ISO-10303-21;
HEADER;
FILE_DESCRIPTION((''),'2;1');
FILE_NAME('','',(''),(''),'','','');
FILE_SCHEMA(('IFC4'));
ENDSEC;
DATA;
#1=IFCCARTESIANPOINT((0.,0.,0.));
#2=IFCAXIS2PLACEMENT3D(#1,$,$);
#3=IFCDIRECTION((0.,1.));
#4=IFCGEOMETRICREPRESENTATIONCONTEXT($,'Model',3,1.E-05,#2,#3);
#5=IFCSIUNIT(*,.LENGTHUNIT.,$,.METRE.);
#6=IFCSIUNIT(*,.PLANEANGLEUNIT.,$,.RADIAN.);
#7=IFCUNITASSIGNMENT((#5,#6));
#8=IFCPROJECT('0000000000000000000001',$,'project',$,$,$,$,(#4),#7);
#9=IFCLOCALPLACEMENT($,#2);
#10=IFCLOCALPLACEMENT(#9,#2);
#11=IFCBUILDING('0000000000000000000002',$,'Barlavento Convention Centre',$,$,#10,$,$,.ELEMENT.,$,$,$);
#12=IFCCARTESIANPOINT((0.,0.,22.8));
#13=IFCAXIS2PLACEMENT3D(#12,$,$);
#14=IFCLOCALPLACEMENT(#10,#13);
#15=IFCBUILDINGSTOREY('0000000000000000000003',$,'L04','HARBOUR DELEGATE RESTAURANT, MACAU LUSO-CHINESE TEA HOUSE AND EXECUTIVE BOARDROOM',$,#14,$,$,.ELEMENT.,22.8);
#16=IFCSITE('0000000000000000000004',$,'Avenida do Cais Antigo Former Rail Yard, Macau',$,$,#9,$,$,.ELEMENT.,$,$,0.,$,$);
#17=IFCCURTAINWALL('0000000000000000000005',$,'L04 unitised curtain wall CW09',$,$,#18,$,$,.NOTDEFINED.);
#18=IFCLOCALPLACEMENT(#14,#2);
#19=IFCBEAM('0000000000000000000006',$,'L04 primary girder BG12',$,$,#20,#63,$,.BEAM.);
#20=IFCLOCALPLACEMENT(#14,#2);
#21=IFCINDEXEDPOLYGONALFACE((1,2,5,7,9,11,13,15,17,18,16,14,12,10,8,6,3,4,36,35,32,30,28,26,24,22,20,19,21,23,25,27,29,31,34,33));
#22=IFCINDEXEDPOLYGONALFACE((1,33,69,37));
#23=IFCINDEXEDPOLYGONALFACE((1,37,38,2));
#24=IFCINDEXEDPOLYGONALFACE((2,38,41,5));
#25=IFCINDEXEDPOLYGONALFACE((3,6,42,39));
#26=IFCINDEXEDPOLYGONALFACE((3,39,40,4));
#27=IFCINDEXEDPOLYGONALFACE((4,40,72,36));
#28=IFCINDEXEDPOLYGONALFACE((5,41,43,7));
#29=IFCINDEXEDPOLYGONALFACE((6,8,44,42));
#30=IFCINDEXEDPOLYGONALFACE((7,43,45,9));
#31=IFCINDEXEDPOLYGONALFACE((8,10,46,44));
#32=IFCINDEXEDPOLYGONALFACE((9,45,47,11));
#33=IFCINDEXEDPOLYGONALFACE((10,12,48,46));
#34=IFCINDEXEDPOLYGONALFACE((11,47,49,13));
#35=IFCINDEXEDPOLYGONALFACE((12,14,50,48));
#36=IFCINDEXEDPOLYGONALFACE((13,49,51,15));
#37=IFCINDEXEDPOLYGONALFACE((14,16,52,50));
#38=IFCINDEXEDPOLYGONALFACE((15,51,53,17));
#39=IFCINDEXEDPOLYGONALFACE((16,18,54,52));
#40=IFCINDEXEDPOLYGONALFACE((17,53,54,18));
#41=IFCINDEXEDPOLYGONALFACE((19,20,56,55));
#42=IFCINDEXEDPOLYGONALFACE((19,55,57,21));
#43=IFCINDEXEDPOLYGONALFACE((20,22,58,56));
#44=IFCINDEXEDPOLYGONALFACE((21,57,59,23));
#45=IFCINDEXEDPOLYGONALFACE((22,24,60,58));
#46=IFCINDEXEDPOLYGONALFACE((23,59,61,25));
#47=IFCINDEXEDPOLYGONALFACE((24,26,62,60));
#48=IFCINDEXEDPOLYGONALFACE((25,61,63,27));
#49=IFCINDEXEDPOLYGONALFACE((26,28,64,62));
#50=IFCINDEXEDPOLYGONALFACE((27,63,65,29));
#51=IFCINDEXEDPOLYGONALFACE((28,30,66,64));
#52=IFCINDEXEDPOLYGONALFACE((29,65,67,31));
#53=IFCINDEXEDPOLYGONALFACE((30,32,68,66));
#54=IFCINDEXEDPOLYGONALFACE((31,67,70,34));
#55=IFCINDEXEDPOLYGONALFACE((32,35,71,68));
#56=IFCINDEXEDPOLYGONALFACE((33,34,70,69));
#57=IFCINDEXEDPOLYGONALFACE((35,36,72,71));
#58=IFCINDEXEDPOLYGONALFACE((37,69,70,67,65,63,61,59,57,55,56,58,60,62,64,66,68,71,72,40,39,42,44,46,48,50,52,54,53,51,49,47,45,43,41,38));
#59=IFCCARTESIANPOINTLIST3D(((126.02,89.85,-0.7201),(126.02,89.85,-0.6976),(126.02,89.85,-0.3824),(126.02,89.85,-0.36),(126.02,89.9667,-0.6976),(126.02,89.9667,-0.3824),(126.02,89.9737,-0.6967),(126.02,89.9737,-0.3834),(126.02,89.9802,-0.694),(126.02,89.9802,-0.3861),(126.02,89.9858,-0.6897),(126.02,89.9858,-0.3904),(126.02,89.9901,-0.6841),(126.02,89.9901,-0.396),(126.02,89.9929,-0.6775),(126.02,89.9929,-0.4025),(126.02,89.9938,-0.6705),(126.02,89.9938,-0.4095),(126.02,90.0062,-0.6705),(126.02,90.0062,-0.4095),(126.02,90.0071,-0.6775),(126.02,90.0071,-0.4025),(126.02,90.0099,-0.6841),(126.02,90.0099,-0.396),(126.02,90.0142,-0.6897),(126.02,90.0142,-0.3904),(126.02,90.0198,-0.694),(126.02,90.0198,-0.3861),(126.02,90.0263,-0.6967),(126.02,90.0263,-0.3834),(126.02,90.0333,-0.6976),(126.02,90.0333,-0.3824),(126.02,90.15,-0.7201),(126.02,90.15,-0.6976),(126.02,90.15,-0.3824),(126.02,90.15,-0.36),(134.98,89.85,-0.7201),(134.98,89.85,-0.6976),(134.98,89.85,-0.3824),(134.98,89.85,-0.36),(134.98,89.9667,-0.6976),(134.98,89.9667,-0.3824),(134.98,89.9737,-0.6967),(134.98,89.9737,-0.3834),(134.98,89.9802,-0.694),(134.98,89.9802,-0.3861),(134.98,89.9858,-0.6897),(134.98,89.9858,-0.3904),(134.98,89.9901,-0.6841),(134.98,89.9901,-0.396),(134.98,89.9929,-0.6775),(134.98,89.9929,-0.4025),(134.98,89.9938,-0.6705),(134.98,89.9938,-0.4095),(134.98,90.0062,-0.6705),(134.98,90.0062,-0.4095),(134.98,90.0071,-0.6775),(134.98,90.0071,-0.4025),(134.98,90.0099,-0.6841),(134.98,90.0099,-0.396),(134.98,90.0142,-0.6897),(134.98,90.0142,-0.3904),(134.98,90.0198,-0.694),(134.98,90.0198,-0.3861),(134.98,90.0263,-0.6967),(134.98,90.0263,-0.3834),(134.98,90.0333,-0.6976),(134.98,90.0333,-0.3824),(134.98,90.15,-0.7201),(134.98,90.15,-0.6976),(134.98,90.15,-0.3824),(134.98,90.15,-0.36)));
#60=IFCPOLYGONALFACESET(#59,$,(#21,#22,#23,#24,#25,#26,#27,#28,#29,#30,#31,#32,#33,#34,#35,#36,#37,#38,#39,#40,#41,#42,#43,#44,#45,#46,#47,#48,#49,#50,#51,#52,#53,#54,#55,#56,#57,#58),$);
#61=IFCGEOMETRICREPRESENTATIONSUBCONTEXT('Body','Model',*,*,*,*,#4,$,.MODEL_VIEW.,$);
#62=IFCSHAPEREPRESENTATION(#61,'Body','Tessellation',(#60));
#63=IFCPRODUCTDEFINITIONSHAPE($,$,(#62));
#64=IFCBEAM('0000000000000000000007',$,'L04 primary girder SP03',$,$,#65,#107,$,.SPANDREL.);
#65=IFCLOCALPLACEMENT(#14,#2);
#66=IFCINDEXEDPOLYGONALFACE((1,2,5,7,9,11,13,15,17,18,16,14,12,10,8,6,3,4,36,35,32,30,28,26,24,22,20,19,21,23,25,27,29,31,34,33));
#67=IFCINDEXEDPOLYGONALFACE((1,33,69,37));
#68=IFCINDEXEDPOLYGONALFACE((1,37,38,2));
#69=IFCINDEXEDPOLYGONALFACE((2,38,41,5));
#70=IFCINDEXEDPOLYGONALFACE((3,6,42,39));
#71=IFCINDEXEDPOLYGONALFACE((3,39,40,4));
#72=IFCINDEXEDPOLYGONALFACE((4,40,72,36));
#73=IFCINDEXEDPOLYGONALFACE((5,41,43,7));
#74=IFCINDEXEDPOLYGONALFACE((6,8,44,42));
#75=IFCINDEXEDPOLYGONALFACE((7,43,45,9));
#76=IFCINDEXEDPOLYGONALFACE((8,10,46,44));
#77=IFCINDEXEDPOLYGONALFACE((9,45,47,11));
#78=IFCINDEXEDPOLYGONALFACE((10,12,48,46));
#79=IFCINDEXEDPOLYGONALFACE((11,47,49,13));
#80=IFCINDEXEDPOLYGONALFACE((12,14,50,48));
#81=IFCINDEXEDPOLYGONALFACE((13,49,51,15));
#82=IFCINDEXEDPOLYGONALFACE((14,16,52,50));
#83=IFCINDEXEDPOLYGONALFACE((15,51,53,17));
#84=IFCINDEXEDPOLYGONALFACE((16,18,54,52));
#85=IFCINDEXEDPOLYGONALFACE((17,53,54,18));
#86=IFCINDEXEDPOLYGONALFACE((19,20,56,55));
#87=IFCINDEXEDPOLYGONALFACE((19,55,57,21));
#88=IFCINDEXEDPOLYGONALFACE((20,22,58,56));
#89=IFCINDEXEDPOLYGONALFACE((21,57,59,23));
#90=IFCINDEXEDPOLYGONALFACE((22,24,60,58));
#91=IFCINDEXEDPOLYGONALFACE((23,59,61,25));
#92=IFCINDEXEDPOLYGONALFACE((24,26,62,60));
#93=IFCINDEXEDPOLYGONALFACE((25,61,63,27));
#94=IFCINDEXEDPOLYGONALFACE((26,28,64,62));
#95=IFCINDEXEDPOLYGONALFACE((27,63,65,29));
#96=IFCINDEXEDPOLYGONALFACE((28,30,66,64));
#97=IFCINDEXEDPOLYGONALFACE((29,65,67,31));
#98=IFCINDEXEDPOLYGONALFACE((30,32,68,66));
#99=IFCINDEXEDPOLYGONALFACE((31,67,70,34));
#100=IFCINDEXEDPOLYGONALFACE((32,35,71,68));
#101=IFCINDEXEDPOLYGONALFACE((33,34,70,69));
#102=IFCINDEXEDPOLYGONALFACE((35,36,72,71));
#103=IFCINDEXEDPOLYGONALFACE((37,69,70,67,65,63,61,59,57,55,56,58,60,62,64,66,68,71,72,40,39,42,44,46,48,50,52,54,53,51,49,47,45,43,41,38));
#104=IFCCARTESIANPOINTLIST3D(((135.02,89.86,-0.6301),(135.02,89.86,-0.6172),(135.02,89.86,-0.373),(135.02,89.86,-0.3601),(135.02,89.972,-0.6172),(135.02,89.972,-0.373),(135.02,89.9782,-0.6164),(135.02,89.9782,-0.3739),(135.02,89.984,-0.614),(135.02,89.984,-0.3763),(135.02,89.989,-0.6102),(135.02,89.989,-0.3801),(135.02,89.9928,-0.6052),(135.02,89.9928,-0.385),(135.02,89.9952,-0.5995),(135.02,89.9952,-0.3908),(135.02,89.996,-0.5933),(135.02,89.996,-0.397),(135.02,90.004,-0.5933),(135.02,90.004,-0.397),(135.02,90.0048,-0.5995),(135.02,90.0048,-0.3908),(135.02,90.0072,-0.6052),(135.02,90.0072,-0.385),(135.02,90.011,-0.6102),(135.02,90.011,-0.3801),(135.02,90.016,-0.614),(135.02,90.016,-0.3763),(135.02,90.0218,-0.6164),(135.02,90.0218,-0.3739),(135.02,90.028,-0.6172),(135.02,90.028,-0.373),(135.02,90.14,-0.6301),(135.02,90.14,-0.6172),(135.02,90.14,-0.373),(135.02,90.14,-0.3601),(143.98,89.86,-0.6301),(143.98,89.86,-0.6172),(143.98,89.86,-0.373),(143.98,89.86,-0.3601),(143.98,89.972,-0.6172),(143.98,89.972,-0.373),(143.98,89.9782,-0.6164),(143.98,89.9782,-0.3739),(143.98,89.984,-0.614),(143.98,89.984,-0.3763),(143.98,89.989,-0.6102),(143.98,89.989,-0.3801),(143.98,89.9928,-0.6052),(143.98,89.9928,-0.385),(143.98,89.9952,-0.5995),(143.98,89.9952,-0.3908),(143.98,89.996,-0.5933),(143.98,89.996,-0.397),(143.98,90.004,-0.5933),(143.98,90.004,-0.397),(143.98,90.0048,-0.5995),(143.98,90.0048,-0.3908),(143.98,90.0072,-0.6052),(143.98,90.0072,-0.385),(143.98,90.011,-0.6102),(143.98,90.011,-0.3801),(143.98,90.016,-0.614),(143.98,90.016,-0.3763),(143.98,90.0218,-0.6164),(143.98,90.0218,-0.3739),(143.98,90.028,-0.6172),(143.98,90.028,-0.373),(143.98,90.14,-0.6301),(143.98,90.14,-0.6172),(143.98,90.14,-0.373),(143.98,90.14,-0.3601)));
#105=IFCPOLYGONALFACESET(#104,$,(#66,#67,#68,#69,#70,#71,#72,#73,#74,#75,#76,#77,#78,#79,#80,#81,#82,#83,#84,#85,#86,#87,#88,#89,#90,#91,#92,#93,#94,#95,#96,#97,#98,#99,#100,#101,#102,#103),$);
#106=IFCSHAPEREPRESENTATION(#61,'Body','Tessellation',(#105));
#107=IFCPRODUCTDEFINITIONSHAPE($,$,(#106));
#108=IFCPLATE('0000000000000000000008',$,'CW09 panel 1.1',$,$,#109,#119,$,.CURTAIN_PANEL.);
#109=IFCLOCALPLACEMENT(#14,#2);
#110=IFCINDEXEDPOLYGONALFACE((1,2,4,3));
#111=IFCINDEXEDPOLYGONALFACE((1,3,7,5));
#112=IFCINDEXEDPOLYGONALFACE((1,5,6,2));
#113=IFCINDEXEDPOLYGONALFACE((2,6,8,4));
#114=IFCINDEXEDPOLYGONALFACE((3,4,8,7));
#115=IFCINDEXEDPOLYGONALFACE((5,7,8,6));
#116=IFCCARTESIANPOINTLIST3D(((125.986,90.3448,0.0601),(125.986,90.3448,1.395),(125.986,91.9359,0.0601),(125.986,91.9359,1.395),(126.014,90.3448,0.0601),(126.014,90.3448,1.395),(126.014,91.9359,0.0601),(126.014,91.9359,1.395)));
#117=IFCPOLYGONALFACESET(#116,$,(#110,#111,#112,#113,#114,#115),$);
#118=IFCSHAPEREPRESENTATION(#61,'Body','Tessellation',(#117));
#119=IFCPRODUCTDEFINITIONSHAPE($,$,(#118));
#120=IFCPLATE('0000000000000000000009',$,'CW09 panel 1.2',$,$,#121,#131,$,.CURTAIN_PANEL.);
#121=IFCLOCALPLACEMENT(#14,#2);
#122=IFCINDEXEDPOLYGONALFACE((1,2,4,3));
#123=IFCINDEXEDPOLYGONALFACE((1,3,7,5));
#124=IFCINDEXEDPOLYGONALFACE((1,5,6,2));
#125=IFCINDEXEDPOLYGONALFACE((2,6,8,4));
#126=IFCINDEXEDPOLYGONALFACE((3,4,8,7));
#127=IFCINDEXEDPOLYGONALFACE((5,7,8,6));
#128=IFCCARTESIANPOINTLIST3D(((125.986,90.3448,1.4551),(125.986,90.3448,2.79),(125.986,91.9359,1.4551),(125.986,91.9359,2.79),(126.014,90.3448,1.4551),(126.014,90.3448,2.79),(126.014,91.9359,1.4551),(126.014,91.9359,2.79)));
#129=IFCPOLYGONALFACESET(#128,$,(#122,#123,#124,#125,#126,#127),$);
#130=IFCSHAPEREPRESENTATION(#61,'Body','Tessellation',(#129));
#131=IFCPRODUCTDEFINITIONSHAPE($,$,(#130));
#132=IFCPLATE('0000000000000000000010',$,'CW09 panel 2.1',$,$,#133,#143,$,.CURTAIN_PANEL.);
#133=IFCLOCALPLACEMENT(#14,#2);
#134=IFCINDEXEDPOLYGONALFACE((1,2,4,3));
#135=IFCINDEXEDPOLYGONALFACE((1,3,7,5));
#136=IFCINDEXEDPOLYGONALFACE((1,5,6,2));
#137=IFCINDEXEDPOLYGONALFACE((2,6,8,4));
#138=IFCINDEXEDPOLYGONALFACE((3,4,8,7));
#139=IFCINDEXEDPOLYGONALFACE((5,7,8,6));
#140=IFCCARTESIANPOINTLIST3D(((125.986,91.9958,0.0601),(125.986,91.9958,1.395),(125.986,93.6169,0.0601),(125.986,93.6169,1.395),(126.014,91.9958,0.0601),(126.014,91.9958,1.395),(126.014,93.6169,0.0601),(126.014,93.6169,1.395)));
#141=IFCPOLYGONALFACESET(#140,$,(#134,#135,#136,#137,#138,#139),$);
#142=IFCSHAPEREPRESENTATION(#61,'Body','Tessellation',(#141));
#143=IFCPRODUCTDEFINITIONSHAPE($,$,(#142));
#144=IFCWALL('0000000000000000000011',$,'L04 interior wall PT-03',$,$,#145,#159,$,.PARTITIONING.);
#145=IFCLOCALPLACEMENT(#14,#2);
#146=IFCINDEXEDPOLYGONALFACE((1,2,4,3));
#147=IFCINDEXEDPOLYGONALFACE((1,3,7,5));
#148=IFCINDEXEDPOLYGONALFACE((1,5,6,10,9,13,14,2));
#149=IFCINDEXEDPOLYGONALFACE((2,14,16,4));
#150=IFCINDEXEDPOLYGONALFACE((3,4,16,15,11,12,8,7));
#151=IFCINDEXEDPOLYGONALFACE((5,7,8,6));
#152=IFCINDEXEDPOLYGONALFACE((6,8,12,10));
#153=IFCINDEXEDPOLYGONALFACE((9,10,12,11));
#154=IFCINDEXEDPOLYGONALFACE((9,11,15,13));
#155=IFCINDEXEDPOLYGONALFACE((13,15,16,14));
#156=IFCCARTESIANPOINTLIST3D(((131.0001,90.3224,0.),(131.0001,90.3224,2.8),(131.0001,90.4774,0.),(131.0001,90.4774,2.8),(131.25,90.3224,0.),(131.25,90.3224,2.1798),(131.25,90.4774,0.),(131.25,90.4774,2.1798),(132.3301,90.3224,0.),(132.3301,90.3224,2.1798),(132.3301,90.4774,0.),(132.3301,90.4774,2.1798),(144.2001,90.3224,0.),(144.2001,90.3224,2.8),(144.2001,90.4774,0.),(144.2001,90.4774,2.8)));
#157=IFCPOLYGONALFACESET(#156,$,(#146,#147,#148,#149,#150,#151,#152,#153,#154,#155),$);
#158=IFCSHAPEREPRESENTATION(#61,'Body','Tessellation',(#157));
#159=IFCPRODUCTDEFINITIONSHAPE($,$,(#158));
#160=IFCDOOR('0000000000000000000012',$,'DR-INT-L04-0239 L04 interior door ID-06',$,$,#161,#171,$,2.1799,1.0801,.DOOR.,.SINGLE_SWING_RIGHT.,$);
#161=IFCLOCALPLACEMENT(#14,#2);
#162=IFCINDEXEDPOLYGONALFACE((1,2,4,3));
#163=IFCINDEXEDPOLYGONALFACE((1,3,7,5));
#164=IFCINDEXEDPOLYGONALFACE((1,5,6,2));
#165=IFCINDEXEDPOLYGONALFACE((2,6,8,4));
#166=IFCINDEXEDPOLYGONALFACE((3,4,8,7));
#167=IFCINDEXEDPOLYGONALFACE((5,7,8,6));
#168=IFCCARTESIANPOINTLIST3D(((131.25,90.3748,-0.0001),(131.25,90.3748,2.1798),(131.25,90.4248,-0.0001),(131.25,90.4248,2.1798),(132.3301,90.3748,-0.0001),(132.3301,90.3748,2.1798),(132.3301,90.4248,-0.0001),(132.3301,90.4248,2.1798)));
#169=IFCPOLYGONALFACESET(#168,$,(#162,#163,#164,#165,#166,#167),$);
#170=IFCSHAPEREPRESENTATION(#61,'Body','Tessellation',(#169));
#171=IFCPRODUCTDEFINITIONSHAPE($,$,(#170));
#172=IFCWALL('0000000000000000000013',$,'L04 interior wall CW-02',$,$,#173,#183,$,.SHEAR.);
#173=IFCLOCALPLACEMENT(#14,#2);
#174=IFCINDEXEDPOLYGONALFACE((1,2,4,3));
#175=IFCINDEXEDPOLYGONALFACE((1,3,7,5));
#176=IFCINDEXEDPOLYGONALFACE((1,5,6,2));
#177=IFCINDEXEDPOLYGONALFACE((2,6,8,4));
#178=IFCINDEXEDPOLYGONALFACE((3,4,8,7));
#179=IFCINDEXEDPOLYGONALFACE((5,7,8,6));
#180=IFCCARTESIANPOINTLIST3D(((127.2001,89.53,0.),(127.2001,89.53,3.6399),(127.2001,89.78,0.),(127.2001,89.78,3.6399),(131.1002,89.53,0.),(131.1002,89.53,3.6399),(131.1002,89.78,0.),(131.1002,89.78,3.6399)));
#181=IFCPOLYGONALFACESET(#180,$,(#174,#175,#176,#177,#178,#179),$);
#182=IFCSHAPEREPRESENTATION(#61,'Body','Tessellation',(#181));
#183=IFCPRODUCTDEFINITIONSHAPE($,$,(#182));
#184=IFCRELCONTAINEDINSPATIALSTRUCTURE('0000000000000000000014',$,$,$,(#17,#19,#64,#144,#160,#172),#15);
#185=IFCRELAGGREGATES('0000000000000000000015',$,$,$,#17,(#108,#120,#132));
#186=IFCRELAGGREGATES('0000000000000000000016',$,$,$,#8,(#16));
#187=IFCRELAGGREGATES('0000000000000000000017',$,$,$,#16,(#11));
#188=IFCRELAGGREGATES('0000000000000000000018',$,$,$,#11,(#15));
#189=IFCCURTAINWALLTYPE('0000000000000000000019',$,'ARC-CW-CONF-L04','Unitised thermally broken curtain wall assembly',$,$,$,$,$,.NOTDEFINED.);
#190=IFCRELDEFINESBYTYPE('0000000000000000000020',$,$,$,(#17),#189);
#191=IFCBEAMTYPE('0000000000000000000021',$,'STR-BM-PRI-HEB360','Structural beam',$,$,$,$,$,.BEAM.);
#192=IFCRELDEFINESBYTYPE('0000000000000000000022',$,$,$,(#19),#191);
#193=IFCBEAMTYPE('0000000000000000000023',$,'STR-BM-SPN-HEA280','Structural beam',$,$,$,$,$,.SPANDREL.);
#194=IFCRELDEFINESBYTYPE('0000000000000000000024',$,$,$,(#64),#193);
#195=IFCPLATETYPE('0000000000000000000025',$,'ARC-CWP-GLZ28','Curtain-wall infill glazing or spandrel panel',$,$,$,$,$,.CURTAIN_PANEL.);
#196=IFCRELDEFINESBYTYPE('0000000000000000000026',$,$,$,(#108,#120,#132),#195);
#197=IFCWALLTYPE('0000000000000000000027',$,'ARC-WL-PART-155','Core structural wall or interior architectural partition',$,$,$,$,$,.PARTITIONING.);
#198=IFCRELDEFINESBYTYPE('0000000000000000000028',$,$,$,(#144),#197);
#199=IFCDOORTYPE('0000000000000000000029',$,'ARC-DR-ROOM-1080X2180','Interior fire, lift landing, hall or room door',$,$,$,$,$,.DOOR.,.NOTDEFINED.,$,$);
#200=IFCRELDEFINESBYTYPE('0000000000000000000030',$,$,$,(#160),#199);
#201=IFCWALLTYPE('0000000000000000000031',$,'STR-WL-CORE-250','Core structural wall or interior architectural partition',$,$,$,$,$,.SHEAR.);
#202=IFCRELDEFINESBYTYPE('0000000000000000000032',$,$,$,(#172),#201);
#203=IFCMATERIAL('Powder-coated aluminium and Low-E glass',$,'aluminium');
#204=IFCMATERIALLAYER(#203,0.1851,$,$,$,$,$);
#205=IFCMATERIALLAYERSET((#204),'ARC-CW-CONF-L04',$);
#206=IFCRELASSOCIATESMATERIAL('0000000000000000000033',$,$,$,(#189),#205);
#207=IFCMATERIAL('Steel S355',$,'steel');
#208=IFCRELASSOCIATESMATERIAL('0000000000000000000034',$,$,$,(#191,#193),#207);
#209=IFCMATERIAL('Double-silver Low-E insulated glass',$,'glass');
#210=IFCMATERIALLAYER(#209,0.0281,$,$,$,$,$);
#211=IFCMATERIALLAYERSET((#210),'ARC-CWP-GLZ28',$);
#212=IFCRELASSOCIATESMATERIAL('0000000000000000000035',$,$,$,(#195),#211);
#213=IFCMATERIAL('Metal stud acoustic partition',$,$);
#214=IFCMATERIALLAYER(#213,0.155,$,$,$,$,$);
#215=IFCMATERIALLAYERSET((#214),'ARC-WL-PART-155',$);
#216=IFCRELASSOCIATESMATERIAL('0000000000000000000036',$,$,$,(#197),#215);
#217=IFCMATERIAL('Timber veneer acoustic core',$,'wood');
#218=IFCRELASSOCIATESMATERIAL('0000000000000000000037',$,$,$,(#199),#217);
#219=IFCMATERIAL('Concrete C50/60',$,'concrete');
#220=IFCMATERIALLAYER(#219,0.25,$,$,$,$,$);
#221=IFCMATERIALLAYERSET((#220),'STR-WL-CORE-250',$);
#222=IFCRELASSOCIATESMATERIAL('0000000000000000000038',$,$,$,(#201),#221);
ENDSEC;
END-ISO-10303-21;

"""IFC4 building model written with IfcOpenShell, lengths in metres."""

from ifc_helpers import new_model, si_unit, direction, frame, frame_2d, origin, origin_2d, place, context, subcontext, project, spatial, rectangle, i_section, extrude, material, layer, layer_set, material_profile, profile_set, type_object, element, fill, aggregate, save


model = new_model("IFC4")

# Units and contexts
model_context = context("Model", 3, precision=1e-05, world=origin(), true_north=direction((0.0, 1.0)))
body_context = subcontext(model_context, "Body", "Model", "MODEL_VIEW")
ifc_project = project(units=[si_unit("LENGTHUNIT", "METRE"), si_unit("PLANEANGLEUNIT", "RADIAN")], contexts=[model_context])

# Site, building, storey
site_placement = place(None, origin())
site = spatial("IfcSite", under=ifc_project, at=site_placement, Name="Avenida do Cais Antigo Former Rail Yard, Macau", CompositionType="ELEMENT", RefElevation=0.0)
building_placement = place(site_placement, origin())
building = spatial("IfcBuilding", under=site, at=building_placement, Name="Barlavento Convention Centre", CompositionType="ELEMENT")
storey_placement = place(building_placement, frame((0.0, 0.0, 22.8)))
storey = spatial("IfcBuildingStorey", under=building, at=storey_placement, Name="L04", Description="HARBOUR DELEGATE RESTAURANT, MACAU LUSO-CHINESE TEA HOUSE AND EXECUTIVE BOARDROOM", CompositionType="ELEMENT", Elevation=22.8)

# Shared definitions
ifc_material_1 = material(Name="Steel S355", Category="steel")

# Shared definitions
ifc_material_2 = material(Name="Powder-coated aluminium and Low-E glass", Category="aluminium")

# Curtain wall
ifc_layer_1 = layer(ifc_material_2, 0.1851)
ifc_layer_set_1 = layer_set([ifc_layer_1], Name="ARC-CW-CONF-L04")
curtain_wall_type_1 = type_object("IfcCurtainWallType", Name="ARC-CW-CONF-L04", Description="Unitised thermally broken curtain wall assembly", PredefinedType="NOTDEFINED", material=ifc_layer_set_1)
curtain_wall_1_placement = place(storey_placement, origin())
curtain_wall_1 = element("IfcCurtainWall", 1, at=curtain_wall_1_placement, inside=storey, type_object=curtain_wall_type_1, Name="L04 unitised curtain wall CW09", PredefinedType="NOTDEFINED")

# Beams
ifc_material_profile_1 = material_profile(ifc_material_1, i_section(OverallWidth=0.3, OverallDepth=0.3601, WebThickness=0.0125, FlangeThickness=0.0225, FilletRadius=0.0271, at=origin_2d()), Name="HEB 360")
ifc_profile_set_1 = profile_set([ifc_material_profile_1], Name="Steel S355")
beam_type_1 = type_object("IfcBeamType", Name="STR-BM-PRI-HEB360", Description="Structural beam", PredefinedType="BEAM", material=ifc_profile_set_1)
beam_1_placement = place(storey_placement, frame((126.02, 90.0, -0.54), z_axis=(1.0, 0.0, 0.0), x_axis=(0.0, 1.0, 0.0)))
element("IfcBeam", 2, at=beam_1_placement, inside=storey, type_object=beam_type_1, Name="L04 primary girder BG12", PredefinedType="BEAM", context=body_context, shape_type="SweptSolid", body=[
    extrude(i_section(OverallWidth=0.3, OverallDepth=0.3601, WebThickness=0.0125, FlangeThickness=0.0225, FilletRadius=0.0271, at=origin_2d()), origin(), (0.0, 0.0, 1.0), 8.96),
])
ifc_material_profile_2 = material_profile(ifc_material_1, i_section(OverallWidth=0.28, OverallDepth=0.27, WebThickness=0.0081, FlangeThickness=0.0129, FilletRadius=0.0239, at=origin_2d()), Name="HEA 280")
ifc_profile_set_2 = profile_set([ifc_material_profile_2], Name="Steel S355")
beam_type_2 = type_object("IfcBeamType", Name="STR-BM-SPN-HEA280", Description="Structural beam", PredefinedType="SPANDREL", material=ifc_profile_set_2)
beam_2_placement = place(storey_placement, frame((135.02, 90.0, -0.4951), z_axis=(1.0, 0.0, 0.0), x_axis=(0.0, 1.0, 0.0)))
element("IfcBeam", 3, at=beam_2_placement, inside=storey, type_object=beam_type_2, Name="L04 primary girder SP03", PredefinedType="SPANDREL", context=body_context, shape_type="SweptSolid", body=[
    extrude(i_section(OverallWidth=0.28, OverallDepth=0.27, WebThickness=0.0081, FlangeThickness=0.0129, FilletRadius=0.0239, at=origin_2d()), origin(), (0.0, 0.0, 1.0), 8.96),
])

# Plates
ifc_material_3 = material(Name="Double-silver Low-E insulated glass", Category="glass")
ifc_layer_2 = layer(ifc_material_3, 0.0281)
ifc_layer_set_2 = layer_set([ifc_layer_2], Name="ARC-CWP-GLZ28")
plate_type = type_object("IfcPlateType", Name="ARC-CWP-GLZ28", Description="Curtain-wall infill glazing or spandrel panel", PredefinedType="CURTAIN_PANEL", material=ifc_layer_set_2)
plate_1_placement = place(storey_placement, frame((126.0, 91.1404, 0.0601), z_axis=(0.0, 0.0, 1.0), x_axis=(0.0, 1.0, 0.0)))
plate_1 = element("IfcPlate", 4, at=plate_1_placement, type_object=plate_type, Name="CW09 panel 1.1", PredefinedType="CURTAIN_PANEL", context=body_context, shape_type="SweptSolid", body=[
    extrude(rectangle(XDim=1.5911, YDim=0.0281, at=origin_2d()), origin(), (0.0, 0.0, 1.0), 1.335),
])
plate_2_placement = place(storey_placement, frame((126.0, 91.1404, 1.4551), z_axis=(0.0, 0.0, 1.0), x_axis=(0.0, 1.0, 0.0)))
plate_2 = element("IfcPlate", 5, at=plate_2_placement, type_object=plate_type, Name="CW09 panel 1.2", PredefinedType="CURTAIN_PANEL", context=body_context, shape_type="SweptSolid", body=[
    extrude(rectangle(XDim=1.5911, YDim=0.0281, at=origin_2d()), origin(), (0.0, 0.0, 1.0), 1.335),
])
plate_3_placement = place(storey_placement, frame((126.0, 92.8064, 0.0601), z_axis=(0.0, 0.0, 1.0), x_axis=(0.0, 1.0, 0.0)))
plate_3 = element("IfcPlate", 6, at=plate_3_placement, type_object=plate_type, Name="CW09 panel 2.1", PredefinedType="CURTAIN_PANEL", context=body_context, shape_type="SweptSolid", body=[
    extrude(rectangle(XDim=1.6211, YDim=0.0281, at=origin_2d()), origin(), (0.0, 0.0, 1.0), 1.335),
])
aggregate(curtain_wall_1, [plate_1, plate_2, plate_3])

# Wall, opening, door
ifc_material_4 = material(Name="Metal stud acoustic partition")
ifc_layer_3 = layer(ifc_material_4, 0.155)
ifc_layer_set_3 = layer_set([ifc_layer_3], Name="ARC-WL-PART-155")
wall_type_1 = type_object("IfcWallType", Name="ARC-WL-PART-155", Description="Core structural wall or interior architectural partition", PredefinedType="PARTITIONING", material=ifc_layer_set_3)
wall_1_placement = place(storey_placement, frame((131.0, 90.3999, 0.0), z_axis=(0.0, 0.0, 1.0), x_axis=(1.0, 0.0, 0.0)))
wall_1 = element("IfcWall", 7, at=wall_1_placement, inside=storey, type_object=wall_type_1, Name="L04 interior wall PT-03", PredefinedType="PARTITIONING", context=body_context, shape_type="SweptSolid", body=[
    extrude(rectangle(XDim=13.2, YDim=0.155, at=frame_2d((6.6001, 0.0))), origin(), (0.0, 0.0, 1.0), 2.8),
])
opening_placement = place(wall_1_placement, frame((0.25, 0.0, 0.0)))
opening = element("IfcOpeningElement", 8, at=opening_placement, cuts=wall_1, PredefinedType="OPENING", context=body_context, shape_type="SweptSolid", body=[
    extrude(rectangle(XDim=1.0801, YDim=2.1799, at=frame_2d((0.54, 1.0898))), frame((0.0, 0.0874, 0.0), z_axis=(0.0, -1.0, 0.0), x_axis=(1.0, 0.0, 0.0)), (0.0, 0.0, 1.0), 0.175),
])
ifc_material_5 = material(Name="Timber veneer acoustic core", Category="wood")
door_type = type_object("IfcDoorType", Name="ARC-DR-ROOM-1080X2180", Description="Interior fire, lift landing, hall or room door", OperationType="NOTDEFINED", PredefinedType="DOOR", material=ifc_material_5)
door_placement = place(opening_placement, origin())
door = element("IfcDoor", 9, at=door_placement, inside=storey, type_object=door_type, Name="DR-INT-L04-0239 L04 interior door ID-06", OperationType="SINGLE_SWING_RIGHT", OverallHeight=2.1799, OverallWidth=1.0801, PredefinedType="DOOR", context=body_context, shape_type="SweptSolid", body=[
    extrude(rectangle(XDim=1.0801, YDim=2.1799, at=frame_2d((0.54, 1.0898))), frame((0.0, 0.0249, 0.0), z_axis=(0.0, -1.0, 0.0), x_axis=(1.0, 0.0, 0.0)), (0.0, 0.0, 1.0), 0.05),
])
fill(opening, door)

# Wall
ifc_material_6 = material(Name="Concrete C50/60", Category="concrete")
ifc_layer_4 = layer(ifc_material_6, 0.25)
ifc_layer_set_4 = layer_set([ifc_layer_4], Name="STR-WL-CORE-250")
wall_type_2 = type_object("IfcWallType", Name="STR-WL-CORE-250", Description="Core structural wall or interior architectural partition", PredefinedType="SHEAR", material=ifc_layer_set_4)
wall_2_placement = place(storey_placement, frame((127.2, 89.655, 0.0), z_axis=(0.0, 0.0, 1.0), x_axis=(1.0, 0.0, 0.0)))
element("IfcWall", 10, at=wall_2_placement, inside=storey, type_object=wall_type_2, Name="L04 interior wall CW-02", PredefinedType="SHEAR", context=body_context, shape_type="SweptSolid", body=[
    extrude(rectangle(XDim=3.9001, YDim=0.25, at=frame_2d((1.9502, 0.0))), origin(), (0.0, 0.0, 1.0), 3.6399),
])

save(model, "model.ifc")
